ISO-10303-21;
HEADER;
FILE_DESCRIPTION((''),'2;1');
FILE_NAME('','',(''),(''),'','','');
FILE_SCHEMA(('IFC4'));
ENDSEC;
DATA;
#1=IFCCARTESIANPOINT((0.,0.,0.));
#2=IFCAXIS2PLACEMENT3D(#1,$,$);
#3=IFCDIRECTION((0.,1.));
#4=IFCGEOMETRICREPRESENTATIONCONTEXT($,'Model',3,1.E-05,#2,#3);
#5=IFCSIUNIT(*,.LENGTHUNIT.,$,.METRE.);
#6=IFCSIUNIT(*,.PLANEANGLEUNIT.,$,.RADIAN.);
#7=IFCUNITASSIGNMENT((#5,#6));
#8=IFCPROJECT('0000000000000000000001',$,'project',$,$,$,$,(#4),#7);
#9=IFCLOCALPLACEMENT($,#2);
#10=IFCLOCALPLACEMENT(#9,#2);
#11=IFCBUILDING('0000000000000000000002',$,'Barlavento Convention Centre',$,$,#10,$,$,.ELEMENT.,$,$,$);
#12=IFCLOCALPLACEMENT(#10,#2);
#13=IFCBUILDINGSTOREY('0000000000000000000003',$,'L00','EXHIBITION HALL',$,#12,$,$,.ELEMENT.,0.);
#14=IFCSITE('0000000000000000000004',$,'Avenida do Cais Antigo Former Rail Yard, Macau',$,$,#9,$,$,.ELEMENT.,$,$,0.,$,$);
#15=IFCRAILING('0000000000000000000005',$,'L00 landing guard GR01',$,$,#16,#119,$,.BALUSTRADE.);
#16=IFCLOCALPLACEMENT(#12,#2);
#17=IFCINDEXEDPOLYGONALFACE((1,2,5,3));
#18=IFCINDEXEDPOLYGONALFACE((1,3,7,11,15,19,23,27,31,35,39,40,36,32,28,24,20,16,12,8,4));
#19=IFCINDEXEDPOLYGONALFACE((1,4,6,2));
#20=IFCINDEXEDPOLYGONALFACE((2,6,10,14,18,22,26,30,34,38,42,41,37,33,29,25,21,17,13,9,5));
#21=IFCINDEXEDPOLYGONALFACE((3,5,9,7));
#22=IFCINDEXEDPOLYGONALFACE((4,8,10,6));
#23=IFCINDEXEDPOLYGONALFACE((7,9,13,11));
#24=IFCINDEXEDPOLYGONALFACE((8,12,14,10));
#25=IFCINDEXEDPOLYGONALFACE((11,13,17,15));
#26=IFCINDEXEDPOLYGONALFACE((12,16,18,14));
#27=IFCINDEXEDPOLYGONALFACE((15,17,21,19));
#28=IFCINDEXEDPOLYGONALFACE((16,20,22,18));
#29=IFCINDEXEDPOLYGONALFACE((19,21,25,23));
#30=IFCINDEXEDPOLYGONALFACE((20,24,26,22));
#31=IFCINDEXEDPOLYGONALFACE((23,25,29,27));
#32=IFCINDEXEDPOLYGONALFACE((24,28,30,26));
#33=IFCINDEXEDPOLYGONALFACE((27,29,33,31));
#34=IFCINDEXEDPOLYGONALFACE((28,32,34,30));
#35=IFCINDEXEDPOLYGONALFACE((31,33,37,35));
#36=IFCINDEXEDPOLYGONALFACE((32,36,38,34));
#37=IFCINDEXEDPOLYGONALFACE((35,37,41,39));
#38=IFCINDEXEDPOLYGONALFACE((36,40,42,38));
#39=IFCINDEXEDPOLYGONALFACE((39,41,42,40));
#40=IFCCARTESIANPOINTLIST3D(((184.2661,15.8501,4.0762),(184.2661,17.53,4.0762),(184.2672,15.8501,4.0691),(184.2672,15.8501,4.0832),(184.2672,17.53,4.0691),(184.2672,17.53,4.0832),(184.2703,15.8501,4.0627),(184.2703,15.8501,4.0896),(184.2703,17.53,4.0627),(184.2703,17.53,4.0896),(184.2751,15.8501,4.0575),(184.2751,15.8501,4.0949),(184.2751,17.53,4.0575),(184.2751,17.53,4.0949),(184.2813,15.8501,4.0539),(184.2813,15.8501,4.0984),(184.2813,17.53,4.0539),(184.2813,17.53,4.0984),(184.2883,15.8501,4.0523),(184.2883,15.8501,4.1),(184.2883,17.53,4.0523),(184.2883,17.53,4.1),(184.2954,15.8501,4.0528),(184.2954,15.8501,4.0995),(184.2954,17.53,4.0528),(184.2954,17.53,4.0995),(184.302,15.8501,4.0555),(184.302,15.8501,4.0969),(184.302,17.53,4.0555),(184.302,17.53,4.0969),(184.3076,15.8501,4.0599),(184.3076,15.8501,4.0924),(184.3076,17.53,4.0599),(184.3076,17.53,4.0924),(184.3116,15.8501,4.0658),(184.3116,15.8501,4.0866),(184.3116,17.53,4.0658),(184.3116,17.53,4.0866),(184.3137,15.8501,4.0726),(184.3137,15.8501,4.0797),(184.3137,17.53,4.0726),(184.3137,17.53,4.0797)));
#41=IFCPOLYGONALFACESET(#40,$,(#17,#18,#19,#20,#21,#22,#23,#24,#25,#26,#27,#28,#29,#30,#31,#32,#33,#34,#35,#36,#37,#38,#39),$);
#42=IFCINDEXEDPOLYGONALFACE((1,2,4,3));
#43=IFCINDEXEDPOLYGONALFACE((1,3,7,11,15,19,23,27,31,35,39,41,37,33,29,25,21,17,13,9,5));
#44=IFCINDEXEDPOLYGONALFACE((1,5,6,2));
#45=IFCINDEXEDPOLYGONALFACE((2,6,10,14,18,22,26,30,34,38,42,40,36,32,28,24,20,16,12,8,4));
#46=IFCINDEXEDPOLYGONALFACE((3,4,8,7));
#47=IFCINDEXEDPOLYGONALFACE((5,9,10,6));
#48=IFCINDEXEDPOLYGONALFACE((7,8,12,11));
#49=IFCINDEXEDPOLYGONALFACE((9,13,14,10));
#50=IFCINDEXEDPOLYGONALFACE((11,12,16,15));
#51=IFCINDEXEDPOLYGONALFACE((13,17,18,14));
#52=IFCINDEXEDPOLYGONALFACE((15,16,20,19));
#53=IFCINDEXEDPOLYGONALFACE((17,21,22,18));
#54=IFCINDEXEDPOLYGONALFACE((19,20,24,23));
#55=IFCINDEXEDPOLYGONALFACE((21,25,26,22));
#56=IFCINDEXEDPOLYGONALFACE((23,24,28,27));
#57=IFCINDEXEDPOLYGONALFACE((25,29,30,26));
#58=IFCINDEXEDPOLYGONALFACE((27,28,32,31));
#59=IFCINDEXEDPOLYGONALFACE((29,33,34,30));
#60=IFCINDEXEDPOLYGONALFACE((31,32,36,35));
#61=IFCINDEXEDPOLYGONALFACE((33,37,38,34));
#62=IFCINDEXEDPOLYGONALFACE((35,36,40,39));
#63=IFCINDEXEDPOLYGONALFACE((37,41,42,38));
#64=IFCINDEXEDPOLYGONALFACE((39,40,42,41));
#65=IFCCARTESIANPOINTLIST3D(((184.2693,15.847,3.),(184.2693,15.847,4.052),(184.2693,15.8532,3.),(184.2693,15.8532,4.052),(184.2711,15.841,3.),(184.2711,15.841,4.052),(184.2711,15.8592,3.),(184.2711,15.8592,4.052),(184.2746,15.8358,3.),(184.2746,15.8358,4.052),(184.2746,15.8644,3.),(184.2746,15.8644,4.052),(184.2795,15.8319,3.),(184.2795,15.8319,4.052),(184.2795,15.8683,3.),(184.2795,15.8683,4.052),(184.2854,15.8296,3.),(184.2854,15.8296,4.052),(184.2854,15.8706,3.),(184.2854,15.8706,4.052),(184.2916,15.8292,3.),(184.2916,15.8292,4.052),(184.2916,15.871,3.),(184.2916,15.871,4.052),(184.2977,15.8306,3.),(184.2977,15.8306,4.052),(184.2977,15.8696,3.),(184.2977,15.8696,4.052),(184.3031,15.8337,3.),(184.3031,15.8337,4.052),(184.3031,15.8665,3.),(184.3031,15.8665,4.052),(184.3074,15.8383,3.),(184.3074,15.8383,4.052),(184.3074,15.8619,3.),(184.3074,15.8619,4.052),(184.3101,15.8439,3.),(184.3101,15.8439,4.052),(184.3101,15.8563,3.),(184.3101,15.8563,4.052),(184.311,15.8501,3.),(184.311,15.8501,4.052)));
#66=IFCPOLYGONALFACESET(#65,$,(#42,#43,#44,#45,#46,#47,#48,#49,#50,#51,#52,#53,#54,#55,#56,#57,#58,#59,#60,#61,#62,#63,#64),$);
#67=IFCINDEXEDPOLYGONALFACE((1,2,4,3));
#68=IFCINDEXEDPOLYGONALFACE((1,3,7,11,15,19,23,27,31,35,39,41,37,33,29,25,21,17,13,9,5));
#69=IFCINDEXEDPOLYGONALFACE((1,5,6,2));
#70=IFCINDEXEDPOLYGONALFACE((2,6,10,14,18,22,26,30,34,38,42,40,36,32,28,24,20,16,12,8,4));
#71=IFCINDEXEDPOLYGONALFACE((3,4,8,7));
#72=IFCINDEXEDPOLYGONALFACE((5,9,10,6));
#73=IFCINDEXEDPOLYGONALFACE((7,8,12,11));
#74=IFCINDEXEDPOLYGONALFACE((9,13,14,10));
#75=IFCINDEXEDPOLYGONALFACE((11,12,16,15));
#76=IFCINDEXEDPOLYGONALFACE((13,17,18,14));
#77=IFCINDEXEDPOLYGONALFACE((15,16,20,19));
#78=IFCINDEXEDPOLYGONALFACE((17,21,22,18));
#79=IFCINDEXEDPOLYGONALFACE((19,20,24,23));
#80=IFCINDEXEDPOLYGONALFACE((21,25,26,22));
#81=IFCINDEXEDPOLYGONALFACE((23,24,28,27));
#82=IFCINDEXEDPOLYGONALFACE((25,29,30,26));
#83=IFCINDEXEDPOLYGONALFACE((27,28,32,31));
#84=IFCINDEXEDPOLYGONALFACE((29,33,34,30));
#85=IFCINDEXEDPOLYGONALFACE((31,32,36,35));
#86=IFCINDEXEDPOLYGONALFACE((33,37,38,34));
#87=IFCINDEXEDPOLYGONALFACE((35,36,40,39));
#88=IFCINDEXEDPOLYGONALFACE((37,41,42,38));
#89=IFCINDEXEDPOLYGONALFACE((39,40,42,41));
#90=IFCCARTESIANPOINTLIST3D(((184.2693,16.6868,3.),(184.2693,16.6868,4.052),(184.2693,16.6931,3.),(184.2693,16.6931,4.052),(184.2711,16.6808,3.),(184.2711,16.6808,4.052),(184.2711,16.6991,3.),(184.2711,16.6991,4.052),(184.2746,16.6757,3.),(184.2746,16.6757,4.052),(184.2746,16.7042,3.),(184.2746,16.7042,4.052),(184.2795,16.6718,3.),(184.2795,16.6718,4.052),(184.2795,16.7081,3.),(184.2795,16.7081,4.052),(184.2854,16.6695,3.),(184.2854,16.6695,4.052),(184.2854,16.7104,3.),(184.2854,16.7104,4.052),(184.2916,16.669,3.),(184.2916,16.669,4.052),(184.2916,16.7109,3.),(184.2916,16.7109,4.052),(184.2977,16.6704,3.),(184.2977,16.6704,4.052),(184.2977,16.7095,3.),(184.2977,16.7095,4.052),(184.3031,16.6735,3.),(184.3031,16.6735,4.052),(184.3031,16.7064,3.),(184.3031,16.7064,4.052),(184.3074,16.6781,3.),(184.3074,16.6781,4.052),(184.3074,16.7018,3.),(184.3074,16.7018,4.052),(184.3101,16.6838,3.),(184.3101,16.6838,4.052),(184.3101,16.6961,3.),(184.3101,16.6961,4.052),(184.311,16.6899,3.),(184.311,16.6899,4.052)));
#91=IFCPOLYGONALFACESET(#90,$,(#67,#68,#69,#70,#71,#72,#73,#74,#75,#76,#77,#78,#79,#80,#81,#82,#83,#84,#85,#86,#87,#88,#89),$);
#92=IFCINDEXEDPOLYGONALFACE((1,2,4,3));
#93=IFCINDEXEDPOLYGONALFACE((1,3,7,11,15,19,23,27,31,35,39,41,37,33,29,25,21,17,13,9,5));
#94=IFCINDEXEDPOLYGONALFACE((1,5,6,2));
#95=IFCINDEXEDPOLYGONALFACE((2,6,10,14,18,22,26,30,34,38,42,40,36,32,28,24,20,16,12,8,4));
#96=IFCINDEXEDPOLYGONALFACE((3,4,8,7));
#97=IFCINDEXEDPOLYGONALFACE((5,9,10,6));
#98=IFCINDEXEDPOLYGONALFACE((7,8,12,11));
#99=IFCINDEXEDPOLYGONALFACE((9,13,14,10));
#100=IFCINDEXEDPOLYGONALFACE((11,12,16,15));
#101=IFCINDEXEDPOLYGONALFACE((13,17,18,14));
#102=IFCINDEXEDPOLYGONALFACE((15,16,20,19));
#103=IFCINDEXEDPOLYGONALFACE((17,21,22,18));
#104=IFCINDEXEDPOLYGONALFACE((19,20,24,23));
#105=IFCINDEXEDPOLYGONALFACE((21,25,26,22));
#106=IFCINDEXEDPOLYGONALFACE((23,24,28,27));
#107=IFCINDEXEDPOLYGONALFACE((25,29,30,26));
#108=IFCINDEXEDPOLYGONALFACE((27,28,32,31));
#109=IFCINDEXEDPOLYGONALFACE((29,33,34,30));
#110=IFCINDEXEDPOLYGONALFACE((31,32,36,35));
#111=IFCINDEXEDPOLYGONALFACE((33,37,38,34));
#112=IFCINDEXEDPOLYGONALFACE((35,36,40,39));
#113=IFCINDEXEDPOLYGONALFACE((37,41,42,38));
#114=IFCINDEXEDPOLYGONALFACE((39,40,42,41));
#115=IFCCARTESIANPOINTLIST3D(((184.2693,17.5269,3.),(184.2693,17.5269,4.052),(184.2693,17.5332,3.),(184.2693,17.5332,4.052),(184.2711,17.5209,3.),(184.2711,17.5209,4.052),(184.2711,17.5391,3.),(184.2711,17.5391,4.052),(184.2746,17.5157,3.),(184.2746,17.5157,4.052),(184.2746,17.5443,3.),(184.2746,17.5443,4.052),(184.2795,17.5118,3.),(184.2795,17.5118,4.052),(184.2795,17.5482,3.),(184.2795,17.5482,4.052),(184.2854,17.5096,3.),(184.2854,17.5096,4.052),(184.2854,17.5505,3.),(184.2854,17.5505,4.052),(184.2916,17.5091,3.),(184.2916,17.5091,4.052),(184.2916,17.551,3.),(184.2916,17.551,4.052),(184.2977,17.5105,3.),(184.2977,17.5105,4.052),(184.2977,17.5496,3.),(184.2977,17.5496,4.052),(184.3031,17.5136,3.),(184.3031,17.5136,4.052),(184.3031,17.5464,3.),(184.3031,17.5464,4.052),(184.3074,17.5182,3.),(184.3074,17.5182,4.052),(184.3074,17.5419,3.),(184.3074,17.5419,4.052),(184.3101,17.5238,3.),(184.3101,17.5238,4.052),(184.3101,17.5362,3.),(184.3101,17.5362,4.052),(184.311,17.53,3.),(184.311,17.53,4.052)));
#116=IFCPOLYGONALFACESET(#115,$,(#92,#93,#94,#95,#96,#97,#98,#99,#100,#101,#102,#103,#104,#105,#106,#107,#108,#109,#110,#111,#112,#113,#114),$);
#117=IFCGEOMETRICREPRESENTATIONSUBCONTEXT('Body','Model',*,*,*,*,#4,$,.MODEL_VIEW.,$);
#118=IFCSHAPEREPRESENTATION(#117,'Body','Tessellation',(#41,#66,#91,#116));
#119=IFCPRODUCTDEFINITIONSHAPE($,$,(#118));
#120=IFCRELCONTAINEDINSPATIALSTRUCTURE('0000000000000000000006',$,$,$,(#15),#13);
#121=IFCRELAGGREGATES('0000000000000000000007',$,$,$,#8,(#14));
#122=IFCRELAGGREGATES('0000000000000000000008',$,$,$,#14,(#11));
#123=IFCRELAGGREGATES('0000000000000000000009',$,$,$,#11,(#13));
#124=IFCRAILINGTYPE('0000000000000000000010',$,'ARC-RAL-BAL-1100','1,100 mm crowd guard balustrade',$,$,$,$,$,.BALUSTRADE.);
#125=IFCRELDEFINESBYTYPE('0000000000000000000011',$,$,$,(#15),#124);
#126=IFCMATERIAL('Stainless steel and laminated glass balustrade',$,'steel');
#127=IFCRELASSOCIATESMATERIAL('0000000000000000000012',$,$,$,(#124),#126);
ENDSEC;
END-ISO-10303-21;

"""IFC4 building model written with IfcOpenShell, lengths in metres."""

from ifc_helpers import new_model, si_unit, direction, frame, origin, origin_2d, place, context, subcontext, project, spatial, circle, extrude, material, type_object, element, save


model = new_model("IFC4")

# Units and contexts
model_context = context("Model", 3, precision=1e-05, world=origin(), true_north=direction((0.0, 1.0)))
body_context = subcontext(model_context, "Body", "Model", "MODEL_VIEW")
ifc_project = project(units=[si_unit("LENGTHUNIT", "METRE"), si_unit("PLANEANGLEUNIT", "RADIAN")], contexts=[model_context])

# Site, building, storey
site_placement = place(None, origin())
site = spatial("IfcSite", under=ifc_project, at=site_placement, Name="Avenida do Cais Antigo Former Rail Yard, Macau", CompositionType="ELEMENT", RefElevation=0.0)
building_placement = place(site_placement, origin())
building = spatial("IfcBuilding", under=site, at=building_placement, Name="Barlavento Convention Centre", CompositionType="ELEMENT")
storey_placement = place(building_placement, origin())
storey = spatial("IfcBuildingStorey", under=building, at=storey_placement, Name="L00", Description="EXHIBITION HALL", CompositionType="ELEMENT", Elevation=0.0)

# Railing
ifc_material_1 = material(Name="Stainless steel and laminated glass balustrade", Category="steel")
railing_type = type_object("IfcRailingType", Name="ARC-RAL-BAL-1100", Description="1,100 mm crowd guard balustrade", PredefinedType="BALUSTRADE", material=ifc_material_1)
railing_1_placement = place(storey_placement, frame((184.29, 15.8501, 3.0)))
element("IfcRailing", 1, at=railing_1_placement, inside=storey, type_object=railing_type, Name="L00 landing guard GR01", PredefinedType="BALUSTRADE", context=body_context, shape_type="SweptSolid", body=[
    extrude(circle(Radius=0.0239, at=origin_2d()), frame((0.0, 0.0, 1.0762), z_axis=(0.0, 1.0, 0.0), x_axis=(-1.0, 0.0, 0.0)), (0.0, 0.0, 1.0), 1.6799),
    extrude(circle(Radius=0.021, at=origin_2d()), origin(), (0.0, 0.0, 1.0), 1.052),
    extrude(circle(Radius=0.021, at=origin_2d()), frame((0.0, 0.8398, 0.0)), (0.0, 0.0, 1.0), 1.052),
    extrude(circle(Radius=0.021, at=origin_2d()), frame((0.0, 1.6799, 0.0)), (0.0, 0.0, 1.0), 1.052),
])

save(model, "model.ifc")
